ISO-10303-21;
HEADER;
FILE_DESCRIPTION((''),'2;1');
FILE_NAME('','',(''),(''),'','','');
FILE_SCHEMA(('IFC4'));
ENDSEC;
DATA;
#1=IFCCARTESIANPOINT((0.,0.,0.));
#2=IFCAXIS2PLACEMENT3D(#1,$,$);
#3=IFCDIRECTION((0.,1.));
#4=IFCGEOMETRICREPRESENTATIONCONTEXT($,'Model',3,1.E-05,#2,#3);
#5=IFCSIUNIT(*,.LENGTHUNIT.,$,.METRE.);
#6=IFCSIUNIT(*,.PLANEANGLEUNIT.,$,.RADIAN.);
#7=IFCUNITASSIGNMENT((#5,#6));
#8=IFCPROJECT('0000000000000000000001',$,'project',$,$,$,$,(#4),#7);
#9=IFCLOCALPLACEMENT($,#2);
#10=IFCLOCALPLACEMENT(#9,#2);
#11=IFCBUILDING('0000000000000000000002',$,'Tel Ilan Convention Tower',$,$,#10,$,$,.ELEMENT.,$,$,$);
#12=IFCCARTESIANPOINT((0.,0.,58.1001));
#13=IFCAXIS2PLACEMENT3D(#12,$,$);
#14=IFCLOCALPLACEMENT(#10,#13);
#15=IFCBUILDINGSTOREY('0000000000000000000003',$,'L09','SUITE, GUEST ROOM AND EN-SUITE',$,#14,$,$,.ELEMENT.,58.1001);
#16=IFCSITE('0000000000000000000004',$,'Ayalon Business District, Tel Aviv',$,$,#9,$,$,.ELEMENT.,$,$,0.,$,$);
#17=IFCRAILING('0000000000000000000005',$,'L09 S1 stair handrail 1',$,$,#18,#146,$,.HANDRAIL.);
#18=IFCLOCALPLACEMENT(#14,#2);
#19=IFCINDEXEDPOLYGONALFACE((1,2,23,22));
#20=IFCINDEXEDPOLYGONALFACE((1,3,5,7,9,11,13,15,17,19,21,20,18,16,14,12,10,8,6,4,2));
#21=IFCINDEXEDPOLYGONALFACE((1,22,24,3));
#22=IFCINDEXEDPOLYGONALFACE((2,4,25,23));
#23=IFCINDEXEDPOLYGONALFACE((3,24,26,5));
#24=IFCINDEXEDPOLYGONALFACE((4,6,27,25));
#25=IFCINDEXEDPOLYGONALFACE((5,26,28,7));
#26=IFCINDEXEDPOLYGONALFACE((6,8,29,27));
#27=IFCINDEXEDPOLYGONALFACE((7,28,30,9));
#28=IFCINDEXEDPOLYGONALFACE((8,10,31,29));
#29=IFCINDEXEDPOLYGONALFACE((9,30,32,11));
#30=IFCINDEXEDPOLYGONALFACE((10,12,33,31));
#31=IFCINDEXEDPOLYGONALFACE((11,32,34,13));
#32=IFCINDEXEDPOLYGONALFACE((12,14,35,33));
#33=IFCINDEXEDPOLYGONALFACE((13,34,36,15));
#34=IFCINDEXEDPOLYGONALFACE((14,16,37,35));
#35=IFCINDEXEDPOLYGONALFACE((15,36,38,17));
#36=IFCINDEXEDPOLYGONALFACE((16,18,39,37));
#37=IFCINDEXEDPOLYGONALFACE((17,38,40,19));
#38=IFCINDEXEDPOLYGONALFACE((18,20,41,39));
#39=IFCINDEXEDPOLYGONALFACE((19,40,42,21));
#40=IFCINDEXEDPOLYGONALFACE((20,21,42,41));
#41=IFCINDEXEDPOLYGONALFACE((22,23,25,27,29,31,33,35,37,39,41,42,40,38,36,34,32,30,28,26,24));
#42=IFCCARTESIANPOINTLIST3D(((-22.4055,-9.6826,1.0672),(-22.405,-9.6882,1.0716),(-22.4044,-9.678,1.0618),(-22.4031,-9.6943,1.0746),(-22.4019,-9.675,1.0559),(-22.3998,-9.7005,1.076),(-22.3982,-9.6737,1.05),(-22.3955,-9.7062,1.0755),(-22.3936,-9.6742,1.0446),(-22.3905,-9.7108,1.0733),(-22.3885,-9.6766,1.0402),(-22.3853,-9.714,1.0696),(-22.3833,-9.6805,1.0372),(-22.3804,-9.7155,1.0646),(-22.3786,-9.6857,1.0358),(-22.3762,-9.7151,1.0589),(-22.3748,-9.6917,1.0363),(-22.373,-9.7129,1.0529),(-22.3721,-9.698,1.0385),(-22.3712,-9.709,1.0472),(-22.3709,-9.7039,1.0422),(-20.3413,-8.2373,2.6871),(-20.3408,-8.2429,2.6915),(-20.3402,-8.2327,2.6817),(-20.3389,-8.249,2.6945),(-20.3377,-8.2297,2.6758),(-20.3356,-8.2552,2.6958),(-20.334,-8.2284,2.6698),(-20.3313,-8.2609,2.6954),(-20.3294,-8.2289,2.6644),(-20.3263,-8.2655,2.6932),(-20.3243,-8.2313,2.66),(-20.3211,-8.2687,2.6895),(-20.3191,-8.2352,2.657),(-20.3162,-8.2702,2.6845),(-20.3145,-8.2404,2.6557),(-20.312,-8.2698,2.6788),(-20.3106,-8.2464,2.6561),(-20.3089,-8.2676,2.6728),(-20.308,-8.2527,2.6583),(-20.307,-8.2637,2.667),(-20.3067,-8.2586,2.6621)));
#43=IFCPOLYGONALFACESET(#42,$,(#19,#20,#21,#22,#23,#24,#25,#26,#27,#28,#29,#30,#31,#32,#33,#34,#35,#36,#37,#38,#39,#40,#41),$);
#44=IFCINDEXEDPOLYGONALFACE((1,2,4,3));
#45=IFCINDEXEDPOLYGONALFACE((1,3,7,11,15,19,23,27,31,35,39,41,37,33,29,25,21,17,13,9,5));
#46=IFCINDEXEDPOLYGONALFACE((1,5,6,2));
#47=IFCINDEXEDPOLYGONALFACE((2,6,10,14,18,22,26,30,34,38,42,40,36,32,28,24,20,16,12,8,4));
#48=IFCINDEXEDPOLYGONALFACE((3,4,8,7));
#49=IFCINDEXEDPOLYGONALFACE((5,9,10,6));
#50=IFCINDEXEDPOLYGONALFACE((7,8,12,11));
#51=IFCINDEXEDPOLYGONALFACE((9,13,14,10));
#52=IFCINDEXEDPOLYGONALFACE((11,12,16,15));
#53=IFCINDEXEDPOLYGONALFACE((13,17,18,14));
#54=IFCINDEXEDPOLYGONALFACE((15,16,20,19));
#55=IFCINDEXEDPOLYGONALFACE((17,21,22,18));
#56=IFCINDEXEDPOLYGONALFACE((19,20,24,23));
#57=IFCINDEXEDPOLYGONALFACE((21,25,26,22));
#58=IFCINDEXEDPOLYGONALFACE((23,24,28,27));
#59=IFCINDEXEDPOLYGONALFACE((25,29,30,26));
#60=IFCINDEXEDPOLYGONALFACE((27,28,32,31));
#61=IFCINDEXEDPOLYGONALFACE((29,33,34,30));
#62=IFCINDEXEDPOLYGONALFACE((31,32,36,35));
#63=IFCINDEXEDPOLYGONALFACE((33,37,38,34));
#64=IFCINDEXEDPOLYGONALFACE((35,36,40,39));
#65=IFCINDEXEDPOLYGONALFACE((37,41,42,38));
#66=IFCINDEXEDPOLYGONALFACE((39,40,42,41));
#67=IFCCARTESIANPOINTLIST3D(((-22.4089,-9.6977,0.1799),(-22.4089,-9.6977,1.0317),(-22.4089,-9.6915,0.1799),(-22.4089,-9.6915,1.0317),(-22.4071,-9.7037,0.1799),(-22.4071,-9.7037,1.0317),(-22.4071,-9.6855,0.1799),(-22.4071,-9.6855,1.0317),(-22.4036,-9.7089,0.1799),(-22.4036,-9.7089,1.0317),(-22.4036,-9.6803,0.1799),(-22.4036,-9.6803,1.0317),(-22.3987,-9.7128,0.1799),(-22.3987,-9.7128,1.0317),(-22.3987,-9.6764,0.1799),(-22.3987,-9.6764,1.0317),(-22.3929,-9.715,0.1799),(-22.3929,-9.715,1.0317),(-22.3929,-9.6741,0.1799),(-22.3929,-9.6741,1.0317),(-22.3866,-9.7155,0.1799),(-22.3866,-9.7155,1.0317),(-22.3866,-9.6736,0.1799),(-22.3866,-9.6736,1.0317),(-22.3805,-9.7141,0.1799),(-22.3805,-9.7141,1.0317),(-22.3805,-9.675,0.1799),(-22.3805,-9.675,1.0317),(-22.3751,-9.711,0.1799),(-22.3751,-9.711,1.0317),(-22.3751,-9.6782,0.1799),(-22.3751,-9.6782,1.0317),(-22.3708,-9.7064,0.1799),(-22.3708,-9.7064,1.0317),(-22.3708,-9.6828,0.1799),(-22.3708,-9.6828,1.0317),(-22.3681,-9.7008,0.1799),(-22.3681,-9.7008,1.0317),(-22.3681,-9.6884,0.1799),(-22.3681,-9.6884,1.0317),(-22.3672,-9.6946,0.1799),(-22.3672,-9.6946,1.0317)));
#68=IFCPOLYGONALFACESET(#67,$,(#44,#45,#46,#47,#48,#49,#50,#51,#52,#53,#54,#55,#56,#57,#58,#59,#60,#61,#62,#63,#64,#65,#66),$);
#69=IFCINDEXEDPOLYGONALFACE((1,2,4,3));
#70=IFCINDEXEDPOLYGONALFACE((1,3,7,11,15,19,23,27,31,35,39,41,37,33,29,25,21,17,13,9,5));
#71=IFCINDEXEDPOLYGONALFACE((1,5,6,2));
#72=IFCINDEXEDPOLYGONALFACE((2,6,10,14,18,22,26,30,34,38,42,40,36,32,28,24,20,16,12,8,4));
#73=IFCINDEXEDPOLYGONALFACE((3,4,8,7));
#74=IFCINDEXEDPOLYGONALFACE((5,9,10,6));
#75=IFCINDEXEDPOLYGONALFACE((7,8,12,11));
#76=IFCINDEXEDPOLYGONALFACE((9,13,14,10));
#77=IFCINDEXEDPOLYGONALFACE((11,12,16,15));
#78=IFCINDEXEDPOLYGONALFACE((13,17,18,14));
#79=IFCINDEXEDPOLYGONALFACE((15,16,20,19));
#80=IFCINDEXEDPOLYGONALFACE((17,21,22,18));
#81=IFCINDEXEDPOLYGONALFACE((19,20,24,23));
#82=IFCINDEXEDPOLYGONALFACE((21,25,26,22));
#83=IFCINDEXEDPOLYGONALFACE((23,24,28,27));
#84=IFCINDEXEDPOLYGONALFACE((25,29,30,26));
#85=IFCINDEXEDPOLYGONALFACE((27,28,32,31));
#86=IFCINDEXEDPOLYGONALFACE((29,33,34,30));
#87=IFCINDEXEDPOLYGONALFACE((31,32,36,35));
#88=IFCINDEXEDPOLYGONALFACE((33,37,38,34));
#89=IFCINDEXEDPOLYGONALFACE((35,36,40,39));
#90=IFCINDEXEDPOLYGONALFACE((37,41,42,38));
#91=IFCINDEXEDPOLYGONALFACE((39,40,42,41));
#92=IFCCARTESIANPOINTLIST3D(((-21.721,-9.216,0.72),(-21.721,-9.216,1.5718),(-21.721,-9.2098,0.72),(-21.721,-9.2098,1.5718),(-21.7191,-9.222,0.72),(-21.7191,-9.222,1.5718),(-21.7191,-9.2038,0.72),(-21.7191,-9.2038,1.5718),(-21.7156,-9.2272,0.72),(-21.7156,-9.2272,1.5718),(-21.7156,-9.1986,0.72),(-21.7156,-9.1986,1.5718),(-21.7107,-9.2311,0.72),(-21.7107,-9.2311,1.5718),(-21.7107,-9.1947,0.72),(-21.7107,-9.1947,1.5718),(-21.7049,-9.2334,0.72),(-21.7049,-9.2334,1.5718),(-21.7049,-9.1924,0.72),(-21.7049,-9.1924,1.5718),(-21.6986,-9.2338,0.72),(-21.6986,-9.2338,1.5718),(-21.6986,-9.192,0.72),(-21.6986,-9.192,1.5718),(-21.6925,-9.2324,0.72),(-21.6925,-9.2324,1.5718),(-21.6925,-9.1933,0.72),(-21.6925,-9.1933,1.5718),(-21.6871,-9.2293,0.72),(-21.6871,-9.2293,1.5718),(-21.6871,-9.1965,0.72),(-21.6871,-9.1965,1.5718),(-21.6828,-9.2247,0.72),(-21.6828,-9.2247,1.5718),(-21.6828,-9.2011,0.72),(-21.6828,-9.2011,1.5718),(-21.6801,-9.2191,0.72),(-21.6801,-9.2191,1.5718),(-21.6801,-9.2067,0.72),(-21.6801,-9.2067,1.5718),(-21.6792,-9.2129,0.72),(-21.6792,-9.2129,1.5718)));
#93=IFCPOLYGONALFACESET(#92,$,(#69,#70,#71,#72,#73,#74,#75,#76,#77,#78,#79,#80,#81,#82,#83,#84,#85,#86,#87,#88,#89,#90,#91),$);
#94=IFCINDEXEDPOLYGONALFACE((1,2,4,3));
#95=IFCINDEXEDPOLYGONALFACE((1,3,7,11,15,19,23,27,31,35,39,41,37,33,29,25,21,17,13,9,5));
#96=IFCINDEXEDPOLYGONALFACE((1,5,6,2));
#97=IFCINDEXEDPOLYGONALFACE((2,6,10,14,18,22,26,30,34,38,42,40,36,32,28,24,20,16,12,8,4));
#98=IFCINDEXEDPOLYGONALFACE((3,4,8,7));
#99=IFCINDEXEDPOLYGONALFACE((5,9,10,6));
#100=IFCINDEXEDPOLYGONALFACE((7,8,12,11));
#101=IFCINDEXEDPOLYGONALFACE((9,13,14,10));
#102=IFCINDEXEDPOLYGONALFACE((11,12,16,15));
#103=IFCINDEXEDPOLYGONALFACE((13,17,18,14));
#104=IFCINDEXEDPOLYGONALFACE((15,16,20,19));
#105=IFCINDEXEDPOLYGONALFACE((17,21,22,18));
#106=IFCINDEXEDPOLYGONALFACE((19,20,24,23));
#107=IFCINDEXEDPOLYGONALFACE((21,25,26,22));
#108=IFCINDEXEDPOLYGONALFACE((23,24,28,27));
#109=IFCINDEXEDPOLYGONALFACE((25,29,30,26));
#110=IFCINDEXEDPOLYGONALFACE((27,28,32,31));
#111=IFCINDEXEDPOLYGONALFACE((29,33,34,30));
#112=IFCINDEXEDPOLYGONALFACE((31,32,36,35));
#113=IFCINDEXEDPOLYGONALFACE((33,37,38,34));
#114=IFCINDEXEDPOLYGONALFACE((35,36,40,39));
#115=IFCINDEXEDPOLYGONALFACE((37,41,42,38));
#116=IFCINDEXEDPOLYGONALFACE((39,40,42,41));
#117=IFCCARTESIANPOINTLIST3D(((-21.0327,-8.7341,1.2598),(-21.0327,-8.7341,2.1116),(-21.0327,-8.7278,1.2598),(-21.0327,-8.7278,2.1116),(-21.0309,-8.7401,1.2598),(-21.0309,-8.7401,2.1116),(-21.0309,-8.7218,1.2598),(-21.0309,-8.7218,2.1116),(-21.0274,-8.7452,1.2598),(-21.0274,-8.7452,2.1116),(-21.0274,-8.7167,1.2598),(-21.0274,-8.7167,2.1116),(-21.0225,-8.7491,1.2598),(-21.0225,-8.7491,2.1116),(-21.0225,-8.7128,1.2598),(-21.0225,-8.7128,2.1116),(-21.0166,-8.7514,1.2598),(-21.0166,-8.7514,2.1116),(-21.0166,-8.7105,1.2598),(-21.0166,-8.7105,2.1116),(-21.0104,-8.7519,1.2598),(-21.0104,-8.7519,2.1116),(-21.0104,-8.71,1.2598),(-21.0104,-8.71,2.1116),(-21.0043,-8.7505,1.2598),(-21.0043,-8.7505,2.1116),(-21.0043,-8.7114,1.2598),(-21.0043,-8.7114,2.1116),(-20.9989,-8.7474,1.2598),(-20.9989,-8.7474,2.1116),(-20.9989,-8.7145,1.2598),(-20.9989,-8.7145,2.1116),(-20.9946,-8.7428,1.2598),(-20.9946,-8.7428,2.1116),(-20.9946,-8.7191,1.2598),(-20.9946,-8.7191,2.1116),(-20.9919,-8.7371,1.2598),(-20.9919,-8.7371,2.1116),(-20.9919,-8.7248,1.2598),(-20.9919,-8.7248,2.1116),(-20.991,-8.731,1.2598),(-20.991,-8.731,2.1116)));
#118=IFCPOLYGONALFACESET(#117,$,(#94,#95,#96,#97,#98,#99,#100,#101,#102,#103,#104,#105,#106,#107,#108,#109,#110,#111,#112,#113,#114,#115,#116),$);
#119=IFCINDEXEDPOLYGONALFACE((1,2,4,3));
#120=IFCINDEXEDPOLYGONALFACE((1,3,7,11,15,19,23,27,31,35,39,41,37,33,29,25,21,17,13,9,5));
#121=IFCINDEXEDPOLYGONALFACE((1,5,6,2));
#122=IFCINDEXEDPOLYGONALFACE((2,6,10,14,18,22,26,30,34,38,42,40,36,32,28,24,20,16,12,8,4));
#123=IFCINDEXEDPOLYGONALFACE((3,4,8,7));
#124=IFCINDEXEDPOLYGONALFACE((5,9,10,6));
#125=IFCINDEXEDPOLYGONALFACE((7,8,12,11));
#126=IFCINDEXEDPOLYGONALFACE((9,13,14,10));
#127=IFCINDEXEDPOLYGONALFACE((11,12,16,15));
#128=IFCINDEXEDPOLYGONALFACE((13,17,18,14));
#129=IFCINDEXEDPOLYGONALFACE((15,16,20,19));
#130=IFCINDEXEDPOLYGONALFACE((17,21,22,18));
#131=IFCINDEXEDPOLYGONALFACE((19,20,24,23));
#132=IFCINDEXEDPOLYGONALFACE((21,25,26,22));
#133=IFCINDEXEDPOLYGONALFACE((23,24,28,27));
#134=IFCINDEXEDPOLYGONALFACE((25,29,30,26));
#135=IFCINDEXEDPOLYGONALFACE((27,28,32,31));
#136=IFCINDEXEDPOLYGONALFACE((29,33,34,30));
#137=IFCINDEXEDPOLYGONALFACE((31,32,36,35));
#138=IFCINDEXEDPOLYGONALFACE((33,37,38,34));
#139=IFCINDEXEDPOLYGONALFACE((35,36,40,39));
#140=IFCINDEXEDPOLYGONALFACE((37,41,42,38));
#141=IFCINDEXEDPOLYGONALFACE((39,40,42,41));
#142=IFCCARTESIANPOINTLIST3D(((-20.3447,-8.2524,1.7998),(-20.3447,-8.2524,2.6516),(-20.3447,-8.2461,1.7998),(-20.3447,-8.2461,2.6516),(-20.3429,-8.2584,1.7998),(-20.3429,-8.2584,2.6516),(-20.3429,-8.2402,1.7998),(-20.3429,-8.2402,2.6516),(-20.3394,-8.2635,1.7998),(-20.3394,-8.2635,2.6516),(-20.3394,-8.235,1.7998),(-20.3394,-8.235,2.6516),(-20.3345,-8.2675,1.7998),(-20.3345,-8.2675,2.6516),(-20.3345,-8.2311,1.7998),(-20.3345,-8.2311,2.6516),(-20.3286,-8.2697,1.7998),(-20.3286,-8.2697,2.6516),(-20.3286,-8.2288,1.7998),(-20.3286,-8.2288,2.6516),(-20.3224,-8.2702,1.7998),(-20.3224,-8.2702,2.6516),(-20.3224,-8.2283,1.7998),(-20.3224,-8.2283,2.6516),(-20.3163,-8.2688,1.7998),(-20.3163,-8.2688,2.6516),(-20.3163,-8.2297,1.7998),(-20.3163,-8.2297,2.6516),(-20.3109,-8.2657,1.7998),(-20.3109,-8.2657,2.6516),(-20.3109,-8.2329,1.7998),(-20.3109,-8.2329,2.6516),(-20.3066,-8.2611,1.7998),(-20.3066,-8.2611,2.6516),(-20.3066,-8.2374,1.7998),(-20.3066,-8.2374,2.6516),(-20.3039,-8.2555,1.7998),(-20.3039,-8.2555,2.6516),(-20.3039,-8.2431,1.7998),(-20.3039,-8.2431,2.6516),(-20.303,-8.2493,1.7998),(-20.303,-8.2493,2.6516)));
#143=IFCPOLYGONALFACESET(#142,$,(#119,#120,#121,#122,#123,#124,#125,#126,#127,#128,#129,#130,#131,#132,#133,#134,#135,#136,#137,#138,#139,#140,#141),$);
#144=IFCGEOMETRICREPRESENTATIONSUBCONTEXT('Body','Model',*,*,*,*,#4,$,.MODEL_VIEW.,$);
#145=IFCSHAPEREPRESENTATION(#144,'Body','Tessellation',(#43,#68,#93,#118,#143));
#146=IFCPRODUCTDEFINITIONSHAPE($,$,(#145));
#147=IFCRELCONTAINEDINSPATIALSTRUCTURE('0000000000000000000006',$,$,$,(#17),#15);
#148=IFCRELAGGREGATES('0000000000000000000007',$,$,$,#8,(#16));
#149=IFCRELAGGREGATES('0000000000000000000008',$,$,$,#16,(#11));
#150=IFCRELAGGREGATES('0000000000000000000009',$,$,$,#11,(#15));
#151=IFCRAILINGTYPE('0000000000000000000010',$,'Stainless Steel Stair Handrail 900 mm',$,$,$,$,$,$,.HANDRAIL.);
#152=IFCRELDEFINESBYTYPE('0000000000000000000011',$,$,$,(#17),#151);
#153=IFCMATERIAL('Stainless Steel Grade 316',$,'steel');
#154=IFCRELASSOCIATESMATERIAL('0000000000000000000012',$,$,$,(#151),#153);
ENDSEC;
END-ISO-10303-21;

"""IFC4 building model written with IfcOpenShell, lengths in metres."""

from ifc_helpers import new_model, si_unit, direction, frame, origin, origin_2d, place, context, subcontext, project, spatial, circle, extrude, material, type_object, element, save


model = new_model("IFC4")

# Units and contexts
model_context = context("Model", 3, precision=1e-05, world=origin(), true_north=direction((0.0, 1.0)))
body_context = subcontext(model_context, "Body", "Model", "MODEL_VIEW")
ifc_project = project(units=[si_unit("LENGTHUNIT", "METRE"), si_unit("PLANEANGLEUNIT", "RADIAN")], contexts=[model_context])

# Site, building, storey
site_placement = place(None, origin())
site = spatial("IfcSite", under=ifc_project, at=site_placement, Name="Ayalon Business District, Tel Aviv", CompositionType="ELEMENT", RefElevation=0.0)
building_placement = place(site_placement, origin())
building = spatial("IfcBuilding", under=site, at=building_placement, Name="Tel Ilan Convention Tower", CompositionType="ELEMENT")
storey_placement = place(building_placement, frame((0.0, 0.0, 58.1001)))
storey = spatial("IfcBuildingStorey", under=building, at=storey_placement, Name="L09", Description="SUITE, GUEST ROOM AND EN-SUITE", CompositionType="ELEMENT", Elevation=58.1001)

# Railing
ifc_material_1 = material(Name="Stainless Steel Grade 316", Category="steel")
railing_type_1 = type_object("IfcRailingType", Name="Stainless Steel Stair Handrail 900 mm", PredefinedType="HANDRAIL", material=ifc_material_1)
for number, where, name in (
    (1, (-22.3882, -9.6946, 0.1799), "L09 S1 stair handrail 1"),
):
    element("IfcRailing", number, at=place(storey_placement, frame(where)), inside=storey, type_object=railing_type_1, Name=name, PredefinedType="HANDRAIL", context=body_context, shape_type="SweptSolid", body=[
        extrude(circle(Radius=0.0239, at=origin_2d()), frame((0.0, 0.0, 0.876), z_axis=(0.68907, 0.482472, 0.540743), x_axis=(-0.57356, 0.819164, 0.0)), (0.0, 0.0, 1.0), 2.9956),
        extrude(circle(Radius=0.021, at=origin_2d()), origin(), (0.0, 0.0, 1.0), 0.8518),
        extrude(circle(Radius=0.021, at=origin_2d()), frame((0.688, 0.4817, 0.54)), (0.0, 0.0, 1.0), 0.8518),
        extrude(circle(Radius=0.021, at=origin_2d()), frame((1.3762, 0.9636, 1.0798)), (0.0, 0.0, 1.0), 0.8518),
        extrude(circle(Radius=0.021, at=origin_2d()), frame((2.0642, 1.4453, 1.6199)), (0.0, 0.0, 1.0), 0.8518),
    ])

save(model, "model.ifc")
